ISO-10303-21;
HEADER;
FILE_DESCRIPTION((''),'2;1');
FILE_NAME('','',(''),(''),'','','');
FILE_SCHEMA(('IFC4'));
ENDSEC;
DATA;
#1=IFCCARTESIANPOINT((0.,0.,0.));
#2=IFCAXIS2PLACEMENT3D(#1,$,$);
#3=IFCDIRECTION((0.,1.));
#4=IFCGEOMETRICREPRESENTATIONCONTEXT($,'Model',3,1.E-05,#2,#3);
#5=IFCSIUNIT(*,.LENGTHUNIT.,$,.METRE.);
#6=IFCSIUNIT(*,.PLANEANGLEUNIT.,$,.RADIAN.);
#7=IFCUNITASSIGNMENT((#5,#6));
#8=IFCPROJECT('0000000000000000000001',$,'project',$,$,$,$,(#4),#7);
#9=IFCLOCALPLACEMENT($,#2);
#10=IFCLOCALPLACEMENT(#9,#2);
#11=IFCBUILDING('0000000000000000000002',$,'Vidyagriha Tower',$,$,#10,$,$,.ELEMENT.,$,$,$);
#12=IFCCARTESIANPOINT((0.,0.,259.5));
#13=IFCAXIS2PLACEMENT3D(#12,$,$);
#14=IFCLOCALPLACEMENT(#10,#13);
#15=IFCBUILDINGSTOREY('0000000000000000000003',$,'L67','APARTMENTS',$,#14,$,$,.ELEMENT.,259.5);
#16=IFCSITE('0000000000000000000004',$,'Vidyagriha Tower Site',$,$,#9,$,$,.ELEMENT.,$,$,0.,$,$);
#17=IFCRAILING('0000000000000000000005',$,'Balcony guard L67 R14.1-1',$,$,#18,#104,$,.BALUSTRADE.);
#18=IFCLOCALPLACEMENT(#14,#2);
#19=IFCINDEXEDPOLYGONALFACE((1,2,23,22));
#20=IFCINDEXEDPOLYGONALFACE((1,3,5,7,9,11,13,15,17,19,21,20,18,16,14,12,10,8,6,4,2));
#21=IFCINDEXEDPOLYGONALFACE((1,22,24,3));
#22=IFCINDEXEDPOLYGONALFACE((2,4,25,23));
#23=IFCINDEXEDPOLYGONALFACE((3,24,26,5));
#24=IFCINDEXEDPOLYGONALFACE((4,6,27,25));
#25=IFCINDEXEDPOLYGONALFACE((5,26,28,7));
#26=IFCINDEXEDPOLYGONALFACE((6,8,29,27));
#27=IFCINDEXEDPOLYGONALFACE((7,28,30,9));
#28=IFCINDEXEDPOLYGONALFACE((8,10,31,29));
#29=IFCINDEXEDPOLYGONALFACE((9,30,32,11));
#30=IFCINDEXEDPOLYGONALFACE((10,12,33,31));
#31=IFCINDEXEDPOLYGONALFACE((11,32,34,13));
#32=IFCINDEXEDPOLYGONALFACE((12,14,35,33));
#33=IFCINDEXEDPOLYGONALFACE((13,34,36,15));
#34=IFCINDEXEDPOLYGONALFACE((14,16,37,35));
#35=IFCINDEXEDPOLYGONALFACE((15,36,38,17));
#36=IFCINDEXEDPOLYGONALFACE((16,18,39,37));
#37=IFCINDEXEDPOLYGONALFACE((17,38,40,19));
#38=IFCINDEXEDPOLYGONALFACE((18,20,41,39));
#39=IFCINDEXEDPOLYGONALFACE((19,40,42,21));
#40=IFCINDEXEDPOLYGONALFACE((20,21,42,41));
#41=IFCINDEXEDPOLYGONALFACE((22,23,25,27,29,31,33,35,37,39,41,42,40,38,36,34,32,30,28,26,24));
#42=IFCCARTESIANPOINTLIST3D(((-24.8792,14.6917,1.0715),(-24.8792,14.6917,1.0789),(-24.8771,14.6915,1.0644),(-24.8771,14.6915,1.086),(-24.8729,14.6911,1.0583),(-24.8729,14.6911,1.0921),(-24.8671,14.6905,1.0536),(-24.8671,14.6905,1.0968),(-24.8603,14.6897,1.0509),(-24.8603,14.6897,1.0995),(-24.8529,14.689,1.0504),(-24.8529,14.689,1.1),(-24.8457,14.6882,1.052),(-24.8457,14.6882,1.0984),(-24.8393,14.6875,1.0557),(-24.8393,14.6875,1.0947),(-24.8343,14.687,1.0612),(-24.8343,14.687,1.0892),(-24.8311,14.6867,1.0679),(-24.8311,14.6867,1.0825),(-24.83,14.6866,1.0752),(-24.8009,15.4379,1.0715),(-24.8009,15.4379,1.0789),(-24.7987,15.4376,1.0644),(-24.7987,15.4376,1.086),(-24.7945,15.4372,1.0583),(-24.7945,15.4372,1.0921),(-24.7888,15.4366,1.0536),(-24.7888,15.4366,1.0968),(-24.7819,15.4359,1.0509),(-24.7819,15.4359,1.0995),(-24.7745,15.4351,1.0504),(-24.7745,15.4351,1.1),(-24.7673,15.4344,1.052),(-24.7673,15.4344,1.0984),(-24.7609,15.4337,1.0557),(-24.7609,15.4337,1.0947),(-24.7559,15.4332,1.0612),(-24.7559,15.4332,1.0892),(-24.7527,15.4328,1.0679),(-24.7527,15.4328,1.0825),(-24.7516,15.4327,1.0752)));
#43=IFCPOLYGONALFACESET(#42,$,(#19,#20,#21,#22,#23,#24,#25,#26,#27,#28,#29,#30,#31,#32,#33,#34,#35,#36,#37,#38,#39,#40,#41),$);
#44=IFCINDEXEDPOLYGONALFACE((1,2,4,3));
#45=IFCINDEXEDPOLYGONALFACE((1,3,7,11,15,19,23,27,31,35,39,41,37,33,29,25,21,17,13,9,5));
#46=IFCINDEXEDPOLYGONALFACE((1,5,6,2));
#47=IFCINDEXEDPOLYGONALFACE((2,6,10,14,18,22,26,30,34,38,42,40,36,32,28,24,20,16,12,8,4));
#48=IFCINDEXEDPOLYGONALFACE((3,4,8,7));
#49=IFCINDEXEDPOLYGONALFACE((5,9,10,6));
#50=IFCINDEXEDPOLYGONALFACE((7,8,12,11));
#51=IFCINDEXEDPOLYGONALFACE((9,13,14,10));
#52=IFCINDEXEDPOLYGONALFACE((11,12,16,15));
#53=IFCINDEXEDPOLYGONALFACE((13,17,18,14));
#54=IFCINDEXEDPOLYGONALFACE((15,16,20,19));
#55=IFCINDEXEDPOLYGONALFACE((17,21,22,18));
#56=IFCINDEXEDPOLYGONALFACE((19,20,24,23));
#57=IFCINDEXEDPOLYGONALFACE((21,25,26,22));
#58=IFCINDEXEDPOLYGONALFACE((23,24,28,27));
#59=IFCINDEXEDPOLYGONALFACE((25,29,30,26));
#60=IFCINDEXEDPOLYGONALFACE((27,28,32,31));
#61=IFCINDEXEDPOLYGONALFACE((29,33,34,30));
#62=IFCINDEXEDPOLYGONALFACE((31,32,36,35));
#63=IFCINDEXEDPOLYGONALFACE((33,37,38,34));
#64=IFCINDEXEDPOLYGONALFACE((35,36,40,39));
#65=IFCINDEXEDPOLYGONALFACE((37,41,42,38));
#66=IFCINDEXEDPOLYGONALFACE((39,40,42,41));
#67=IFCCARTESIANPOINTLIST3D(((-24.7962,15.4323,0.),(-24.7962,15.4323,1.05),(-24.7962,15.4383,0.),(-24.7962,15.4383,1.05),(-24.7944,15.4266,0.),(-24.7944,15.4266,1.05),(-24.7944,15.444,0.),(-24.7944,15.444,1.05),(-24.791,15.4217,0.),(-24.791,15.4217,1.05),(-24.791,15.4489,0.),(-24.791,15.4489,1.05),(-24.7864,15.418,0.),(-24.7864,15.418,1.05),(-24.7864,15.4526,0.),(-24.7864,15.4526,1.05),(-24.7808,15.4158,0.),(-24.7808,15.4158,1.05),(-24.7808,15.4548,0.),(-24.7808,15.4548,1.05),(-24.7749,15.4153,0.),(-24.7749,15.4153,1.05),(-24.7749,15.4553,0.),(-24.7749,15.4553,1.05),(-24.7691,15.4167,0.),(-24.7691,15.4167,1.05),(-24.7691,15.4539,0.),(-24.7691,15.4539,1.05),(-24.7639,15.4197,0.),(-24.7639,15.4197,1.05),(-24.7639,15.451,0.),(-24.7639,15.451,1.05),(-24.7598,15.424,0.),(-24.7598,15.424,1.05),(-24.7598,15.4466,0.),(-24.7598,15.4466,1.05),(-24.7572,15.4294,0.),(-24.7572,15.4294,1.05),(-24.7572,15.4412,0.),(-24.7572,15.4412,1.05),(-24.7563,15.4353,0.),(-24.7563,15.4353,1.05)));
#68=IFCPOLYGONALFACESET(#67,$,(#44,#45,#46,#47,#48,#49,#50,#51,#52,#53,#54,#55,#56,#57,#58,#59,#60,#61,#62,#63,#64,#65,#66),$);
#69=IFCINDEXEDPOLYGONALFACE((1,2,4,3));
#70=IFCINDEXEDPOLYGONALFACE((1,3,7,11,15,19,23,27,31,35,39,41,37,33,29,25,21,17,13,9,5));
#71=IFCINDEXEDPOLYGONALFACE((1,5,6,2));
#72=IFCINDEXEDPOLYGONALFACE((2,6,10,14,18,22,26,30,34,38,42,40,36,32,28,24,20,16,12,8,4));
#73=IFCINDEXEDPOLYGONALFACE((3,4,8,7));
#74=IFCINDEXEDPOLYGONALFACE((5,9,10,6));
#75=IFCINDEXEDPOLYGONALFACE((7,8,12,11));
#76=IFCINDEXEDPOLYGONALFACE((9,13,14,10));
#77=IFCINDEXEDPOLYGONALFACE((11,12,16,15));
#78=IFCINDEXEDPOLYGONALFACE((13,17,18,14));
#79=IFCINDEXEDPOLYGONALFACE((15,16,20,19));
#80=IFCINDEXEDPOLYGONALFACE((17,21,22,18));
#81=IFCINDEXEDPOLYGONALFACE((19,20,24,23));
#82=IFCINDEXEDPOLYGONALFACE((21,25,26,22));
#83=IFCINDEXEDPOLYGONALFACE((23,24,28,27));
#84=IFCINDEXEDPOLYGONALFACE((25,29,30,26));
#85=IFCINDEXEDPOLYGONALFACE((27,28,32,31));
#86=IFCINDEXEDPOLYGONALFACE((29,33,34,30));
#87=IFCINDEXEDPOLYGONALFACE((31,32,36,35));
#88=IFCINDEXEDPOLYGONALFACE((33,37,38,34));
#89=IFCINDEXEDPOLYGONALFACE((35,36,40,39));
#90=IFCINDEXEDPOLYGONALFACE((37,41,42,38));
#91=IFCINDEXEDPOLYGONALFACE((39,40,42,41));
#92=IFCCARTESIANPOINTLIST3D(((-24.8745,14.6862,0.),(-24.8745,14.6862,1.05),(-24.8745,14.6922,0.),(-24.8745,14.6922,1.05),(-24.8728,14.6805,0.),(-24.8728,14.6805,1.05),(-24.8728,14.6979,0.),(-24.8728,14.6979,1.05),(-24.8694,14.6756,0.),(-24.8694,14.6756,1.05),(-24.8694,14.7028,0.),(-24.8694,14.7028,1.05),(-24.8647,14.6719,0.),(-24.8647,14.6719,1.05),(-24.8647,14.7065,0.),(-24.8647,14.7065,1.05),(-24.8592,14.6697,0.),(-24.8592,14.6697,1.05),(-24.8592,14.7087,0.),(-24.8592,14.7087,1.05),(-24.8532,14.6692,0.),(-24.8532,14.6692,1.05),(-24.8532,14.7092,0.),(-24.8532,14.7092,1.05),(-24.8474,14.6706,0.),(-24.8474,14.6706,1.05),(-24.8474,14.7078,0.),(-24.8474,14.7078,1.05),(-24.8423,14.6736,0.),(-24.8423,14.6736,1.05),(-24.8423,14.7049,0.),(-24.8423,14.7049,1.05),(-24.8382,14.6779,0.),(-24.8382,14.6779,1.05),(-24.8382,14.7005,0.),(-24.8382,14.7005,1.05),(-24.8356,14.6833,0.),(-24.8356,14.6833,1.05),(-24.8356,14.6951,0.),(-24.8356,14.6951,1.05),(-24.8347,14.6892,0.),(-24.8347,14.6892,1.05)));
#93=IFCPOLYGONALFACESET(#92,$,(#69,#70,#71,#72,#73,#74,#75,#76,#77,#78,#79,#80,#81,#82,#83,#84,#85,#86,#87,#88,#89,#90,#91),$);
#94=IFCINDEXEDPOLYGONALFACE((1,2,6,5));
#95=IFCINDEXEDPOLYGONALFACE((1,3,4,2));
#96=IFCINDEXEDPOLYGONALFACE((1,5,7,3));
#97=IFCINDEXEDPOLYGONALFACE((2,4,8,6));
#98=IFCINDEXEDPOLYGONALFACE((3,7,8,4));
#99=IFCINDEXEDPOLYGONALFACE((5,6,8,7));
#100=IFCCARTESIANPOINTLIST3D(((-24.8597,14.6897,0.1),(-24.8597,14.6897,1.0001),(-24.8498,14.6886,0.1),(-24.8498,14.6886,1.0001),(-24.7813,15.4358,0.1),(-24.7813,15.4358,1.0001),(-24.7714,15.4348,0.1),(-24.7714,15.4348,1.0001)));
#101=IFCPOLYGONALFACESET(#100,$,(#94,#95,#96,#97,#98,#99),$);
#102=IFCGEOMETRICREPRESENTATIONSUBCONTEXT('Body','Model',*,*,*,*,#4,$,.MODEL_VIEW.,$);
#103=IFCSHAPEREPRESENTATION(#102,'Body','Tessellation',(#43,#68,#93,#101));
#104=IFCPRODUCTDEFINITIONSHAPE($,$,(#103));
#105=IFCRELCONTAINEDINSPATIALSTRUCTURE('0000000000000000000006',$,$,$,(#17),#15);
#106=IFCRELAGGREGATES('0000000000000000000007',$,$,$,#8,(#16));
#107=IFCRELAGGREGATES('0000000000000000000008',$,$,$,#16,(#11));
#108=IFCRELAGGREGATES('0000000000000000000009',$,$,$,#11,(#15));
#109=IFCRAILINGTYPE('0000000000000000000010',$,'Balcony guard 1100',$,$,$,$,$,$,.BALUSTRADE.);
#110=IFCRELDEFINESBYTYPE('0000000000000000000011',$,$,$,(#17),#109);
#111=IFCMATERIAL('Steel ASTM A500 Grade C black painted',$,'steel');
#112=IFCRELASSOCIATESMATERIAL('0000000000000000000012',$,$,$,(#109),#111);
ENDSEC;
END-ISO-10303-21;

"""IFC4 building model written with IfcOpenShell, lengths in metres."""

from ifc_helpers import new_model, si_unit, direction, frame, origin, origin_2d, place, context, subcontext, project, spatial, rectangle, circle, extrude, material, type_object, element, save


model = new_model("IFC4")

# Units and contexts
model_context = context("Model", 3, precision=1e-05, world=origin(), true_north=direction((0.0, 1.0)))
body_context = subcontext(model_context, "Body", "Model", "MODEL_VIEW")
ifc_project = project(units=[si_unit("LENGTHUNIT", "METRE"), si_unit("PLANEANGLEUNIT", "RADIAN")], contexts=[model_context])

# Site, building, storey
site_placement = place(None, origin())
site = spatial("IfcSite", under=ifc_project, at=site_placement, Name="Vidyagriha Tower Site", CompositionType="ELEMENT", RefElevation=0.0)
building_placement = place(site_placement, origin())
building = spatial("IfcBuilding", under=site, at=building_placement, Name="Vidyagriha Tower", CompositionType="ELEMENT")
storey_placement = place(building_placement, frame((0.0, 0.0, 259.5)))
storey = spatial("IfcBuildingStorey", under=building, at=storey_placement, Name="L67", Description="APARTMENTS", CompositionType="ELEMENT", Elevation=259.5)

# Railing
ifc_material_1 = material(Name="Steel ASTM A500 Grade C black painted", Category="steel")
railing_type_1 = type_object("IfcRailingType", Name="Balcony guard 1100", PredefinedType="BALUSTRADE", material=ifc_material_1)
railing_1_placement = place(storey_placement, frame((-24.7764, 15.4353, 0.0)))
element("IfcRailing", 1, at=railing_1_placement, inside=storey, type_object=railing_type_1, Name="Balcony guard L67 R14.1-1", PredefinedType="BALUSTRADE", context=body_context, shape_type="SweptSolid", body=[
    extrude(circle(Radius=0.0249, at=origin_2d()), frame((0.0, 0.0, 1.0752), z_axis=(-0.104465, -0.994529, 0.0), x_axis=(0.994529, -0.104465, 0.0)), (0.0, 0.0, 1.0), 0.7502),
    extrude(circle(Radius=0.02, at=origin_2d()), origin(), (0.0, 0.0, 1.0), 1.05),
    extrude(circle(Radius=0.02, at=origin_2d()), frame((-0.0784, -0.7461, 0.0)), (0.0, 0.0, 1.0), 1.05),
    extrude(rectangle(XDim=0.01, YDim=0.9001, at=origin_2d()), frame((0.0, 0.0, 0.55), z_axis=(-0.104465, -0.994529, 0.0), x_axis=(0.994529, -0.104465, 0.0)), (0.0, 0.0, 1.0), 0.7502),
])

save(model, "model.ifc")
